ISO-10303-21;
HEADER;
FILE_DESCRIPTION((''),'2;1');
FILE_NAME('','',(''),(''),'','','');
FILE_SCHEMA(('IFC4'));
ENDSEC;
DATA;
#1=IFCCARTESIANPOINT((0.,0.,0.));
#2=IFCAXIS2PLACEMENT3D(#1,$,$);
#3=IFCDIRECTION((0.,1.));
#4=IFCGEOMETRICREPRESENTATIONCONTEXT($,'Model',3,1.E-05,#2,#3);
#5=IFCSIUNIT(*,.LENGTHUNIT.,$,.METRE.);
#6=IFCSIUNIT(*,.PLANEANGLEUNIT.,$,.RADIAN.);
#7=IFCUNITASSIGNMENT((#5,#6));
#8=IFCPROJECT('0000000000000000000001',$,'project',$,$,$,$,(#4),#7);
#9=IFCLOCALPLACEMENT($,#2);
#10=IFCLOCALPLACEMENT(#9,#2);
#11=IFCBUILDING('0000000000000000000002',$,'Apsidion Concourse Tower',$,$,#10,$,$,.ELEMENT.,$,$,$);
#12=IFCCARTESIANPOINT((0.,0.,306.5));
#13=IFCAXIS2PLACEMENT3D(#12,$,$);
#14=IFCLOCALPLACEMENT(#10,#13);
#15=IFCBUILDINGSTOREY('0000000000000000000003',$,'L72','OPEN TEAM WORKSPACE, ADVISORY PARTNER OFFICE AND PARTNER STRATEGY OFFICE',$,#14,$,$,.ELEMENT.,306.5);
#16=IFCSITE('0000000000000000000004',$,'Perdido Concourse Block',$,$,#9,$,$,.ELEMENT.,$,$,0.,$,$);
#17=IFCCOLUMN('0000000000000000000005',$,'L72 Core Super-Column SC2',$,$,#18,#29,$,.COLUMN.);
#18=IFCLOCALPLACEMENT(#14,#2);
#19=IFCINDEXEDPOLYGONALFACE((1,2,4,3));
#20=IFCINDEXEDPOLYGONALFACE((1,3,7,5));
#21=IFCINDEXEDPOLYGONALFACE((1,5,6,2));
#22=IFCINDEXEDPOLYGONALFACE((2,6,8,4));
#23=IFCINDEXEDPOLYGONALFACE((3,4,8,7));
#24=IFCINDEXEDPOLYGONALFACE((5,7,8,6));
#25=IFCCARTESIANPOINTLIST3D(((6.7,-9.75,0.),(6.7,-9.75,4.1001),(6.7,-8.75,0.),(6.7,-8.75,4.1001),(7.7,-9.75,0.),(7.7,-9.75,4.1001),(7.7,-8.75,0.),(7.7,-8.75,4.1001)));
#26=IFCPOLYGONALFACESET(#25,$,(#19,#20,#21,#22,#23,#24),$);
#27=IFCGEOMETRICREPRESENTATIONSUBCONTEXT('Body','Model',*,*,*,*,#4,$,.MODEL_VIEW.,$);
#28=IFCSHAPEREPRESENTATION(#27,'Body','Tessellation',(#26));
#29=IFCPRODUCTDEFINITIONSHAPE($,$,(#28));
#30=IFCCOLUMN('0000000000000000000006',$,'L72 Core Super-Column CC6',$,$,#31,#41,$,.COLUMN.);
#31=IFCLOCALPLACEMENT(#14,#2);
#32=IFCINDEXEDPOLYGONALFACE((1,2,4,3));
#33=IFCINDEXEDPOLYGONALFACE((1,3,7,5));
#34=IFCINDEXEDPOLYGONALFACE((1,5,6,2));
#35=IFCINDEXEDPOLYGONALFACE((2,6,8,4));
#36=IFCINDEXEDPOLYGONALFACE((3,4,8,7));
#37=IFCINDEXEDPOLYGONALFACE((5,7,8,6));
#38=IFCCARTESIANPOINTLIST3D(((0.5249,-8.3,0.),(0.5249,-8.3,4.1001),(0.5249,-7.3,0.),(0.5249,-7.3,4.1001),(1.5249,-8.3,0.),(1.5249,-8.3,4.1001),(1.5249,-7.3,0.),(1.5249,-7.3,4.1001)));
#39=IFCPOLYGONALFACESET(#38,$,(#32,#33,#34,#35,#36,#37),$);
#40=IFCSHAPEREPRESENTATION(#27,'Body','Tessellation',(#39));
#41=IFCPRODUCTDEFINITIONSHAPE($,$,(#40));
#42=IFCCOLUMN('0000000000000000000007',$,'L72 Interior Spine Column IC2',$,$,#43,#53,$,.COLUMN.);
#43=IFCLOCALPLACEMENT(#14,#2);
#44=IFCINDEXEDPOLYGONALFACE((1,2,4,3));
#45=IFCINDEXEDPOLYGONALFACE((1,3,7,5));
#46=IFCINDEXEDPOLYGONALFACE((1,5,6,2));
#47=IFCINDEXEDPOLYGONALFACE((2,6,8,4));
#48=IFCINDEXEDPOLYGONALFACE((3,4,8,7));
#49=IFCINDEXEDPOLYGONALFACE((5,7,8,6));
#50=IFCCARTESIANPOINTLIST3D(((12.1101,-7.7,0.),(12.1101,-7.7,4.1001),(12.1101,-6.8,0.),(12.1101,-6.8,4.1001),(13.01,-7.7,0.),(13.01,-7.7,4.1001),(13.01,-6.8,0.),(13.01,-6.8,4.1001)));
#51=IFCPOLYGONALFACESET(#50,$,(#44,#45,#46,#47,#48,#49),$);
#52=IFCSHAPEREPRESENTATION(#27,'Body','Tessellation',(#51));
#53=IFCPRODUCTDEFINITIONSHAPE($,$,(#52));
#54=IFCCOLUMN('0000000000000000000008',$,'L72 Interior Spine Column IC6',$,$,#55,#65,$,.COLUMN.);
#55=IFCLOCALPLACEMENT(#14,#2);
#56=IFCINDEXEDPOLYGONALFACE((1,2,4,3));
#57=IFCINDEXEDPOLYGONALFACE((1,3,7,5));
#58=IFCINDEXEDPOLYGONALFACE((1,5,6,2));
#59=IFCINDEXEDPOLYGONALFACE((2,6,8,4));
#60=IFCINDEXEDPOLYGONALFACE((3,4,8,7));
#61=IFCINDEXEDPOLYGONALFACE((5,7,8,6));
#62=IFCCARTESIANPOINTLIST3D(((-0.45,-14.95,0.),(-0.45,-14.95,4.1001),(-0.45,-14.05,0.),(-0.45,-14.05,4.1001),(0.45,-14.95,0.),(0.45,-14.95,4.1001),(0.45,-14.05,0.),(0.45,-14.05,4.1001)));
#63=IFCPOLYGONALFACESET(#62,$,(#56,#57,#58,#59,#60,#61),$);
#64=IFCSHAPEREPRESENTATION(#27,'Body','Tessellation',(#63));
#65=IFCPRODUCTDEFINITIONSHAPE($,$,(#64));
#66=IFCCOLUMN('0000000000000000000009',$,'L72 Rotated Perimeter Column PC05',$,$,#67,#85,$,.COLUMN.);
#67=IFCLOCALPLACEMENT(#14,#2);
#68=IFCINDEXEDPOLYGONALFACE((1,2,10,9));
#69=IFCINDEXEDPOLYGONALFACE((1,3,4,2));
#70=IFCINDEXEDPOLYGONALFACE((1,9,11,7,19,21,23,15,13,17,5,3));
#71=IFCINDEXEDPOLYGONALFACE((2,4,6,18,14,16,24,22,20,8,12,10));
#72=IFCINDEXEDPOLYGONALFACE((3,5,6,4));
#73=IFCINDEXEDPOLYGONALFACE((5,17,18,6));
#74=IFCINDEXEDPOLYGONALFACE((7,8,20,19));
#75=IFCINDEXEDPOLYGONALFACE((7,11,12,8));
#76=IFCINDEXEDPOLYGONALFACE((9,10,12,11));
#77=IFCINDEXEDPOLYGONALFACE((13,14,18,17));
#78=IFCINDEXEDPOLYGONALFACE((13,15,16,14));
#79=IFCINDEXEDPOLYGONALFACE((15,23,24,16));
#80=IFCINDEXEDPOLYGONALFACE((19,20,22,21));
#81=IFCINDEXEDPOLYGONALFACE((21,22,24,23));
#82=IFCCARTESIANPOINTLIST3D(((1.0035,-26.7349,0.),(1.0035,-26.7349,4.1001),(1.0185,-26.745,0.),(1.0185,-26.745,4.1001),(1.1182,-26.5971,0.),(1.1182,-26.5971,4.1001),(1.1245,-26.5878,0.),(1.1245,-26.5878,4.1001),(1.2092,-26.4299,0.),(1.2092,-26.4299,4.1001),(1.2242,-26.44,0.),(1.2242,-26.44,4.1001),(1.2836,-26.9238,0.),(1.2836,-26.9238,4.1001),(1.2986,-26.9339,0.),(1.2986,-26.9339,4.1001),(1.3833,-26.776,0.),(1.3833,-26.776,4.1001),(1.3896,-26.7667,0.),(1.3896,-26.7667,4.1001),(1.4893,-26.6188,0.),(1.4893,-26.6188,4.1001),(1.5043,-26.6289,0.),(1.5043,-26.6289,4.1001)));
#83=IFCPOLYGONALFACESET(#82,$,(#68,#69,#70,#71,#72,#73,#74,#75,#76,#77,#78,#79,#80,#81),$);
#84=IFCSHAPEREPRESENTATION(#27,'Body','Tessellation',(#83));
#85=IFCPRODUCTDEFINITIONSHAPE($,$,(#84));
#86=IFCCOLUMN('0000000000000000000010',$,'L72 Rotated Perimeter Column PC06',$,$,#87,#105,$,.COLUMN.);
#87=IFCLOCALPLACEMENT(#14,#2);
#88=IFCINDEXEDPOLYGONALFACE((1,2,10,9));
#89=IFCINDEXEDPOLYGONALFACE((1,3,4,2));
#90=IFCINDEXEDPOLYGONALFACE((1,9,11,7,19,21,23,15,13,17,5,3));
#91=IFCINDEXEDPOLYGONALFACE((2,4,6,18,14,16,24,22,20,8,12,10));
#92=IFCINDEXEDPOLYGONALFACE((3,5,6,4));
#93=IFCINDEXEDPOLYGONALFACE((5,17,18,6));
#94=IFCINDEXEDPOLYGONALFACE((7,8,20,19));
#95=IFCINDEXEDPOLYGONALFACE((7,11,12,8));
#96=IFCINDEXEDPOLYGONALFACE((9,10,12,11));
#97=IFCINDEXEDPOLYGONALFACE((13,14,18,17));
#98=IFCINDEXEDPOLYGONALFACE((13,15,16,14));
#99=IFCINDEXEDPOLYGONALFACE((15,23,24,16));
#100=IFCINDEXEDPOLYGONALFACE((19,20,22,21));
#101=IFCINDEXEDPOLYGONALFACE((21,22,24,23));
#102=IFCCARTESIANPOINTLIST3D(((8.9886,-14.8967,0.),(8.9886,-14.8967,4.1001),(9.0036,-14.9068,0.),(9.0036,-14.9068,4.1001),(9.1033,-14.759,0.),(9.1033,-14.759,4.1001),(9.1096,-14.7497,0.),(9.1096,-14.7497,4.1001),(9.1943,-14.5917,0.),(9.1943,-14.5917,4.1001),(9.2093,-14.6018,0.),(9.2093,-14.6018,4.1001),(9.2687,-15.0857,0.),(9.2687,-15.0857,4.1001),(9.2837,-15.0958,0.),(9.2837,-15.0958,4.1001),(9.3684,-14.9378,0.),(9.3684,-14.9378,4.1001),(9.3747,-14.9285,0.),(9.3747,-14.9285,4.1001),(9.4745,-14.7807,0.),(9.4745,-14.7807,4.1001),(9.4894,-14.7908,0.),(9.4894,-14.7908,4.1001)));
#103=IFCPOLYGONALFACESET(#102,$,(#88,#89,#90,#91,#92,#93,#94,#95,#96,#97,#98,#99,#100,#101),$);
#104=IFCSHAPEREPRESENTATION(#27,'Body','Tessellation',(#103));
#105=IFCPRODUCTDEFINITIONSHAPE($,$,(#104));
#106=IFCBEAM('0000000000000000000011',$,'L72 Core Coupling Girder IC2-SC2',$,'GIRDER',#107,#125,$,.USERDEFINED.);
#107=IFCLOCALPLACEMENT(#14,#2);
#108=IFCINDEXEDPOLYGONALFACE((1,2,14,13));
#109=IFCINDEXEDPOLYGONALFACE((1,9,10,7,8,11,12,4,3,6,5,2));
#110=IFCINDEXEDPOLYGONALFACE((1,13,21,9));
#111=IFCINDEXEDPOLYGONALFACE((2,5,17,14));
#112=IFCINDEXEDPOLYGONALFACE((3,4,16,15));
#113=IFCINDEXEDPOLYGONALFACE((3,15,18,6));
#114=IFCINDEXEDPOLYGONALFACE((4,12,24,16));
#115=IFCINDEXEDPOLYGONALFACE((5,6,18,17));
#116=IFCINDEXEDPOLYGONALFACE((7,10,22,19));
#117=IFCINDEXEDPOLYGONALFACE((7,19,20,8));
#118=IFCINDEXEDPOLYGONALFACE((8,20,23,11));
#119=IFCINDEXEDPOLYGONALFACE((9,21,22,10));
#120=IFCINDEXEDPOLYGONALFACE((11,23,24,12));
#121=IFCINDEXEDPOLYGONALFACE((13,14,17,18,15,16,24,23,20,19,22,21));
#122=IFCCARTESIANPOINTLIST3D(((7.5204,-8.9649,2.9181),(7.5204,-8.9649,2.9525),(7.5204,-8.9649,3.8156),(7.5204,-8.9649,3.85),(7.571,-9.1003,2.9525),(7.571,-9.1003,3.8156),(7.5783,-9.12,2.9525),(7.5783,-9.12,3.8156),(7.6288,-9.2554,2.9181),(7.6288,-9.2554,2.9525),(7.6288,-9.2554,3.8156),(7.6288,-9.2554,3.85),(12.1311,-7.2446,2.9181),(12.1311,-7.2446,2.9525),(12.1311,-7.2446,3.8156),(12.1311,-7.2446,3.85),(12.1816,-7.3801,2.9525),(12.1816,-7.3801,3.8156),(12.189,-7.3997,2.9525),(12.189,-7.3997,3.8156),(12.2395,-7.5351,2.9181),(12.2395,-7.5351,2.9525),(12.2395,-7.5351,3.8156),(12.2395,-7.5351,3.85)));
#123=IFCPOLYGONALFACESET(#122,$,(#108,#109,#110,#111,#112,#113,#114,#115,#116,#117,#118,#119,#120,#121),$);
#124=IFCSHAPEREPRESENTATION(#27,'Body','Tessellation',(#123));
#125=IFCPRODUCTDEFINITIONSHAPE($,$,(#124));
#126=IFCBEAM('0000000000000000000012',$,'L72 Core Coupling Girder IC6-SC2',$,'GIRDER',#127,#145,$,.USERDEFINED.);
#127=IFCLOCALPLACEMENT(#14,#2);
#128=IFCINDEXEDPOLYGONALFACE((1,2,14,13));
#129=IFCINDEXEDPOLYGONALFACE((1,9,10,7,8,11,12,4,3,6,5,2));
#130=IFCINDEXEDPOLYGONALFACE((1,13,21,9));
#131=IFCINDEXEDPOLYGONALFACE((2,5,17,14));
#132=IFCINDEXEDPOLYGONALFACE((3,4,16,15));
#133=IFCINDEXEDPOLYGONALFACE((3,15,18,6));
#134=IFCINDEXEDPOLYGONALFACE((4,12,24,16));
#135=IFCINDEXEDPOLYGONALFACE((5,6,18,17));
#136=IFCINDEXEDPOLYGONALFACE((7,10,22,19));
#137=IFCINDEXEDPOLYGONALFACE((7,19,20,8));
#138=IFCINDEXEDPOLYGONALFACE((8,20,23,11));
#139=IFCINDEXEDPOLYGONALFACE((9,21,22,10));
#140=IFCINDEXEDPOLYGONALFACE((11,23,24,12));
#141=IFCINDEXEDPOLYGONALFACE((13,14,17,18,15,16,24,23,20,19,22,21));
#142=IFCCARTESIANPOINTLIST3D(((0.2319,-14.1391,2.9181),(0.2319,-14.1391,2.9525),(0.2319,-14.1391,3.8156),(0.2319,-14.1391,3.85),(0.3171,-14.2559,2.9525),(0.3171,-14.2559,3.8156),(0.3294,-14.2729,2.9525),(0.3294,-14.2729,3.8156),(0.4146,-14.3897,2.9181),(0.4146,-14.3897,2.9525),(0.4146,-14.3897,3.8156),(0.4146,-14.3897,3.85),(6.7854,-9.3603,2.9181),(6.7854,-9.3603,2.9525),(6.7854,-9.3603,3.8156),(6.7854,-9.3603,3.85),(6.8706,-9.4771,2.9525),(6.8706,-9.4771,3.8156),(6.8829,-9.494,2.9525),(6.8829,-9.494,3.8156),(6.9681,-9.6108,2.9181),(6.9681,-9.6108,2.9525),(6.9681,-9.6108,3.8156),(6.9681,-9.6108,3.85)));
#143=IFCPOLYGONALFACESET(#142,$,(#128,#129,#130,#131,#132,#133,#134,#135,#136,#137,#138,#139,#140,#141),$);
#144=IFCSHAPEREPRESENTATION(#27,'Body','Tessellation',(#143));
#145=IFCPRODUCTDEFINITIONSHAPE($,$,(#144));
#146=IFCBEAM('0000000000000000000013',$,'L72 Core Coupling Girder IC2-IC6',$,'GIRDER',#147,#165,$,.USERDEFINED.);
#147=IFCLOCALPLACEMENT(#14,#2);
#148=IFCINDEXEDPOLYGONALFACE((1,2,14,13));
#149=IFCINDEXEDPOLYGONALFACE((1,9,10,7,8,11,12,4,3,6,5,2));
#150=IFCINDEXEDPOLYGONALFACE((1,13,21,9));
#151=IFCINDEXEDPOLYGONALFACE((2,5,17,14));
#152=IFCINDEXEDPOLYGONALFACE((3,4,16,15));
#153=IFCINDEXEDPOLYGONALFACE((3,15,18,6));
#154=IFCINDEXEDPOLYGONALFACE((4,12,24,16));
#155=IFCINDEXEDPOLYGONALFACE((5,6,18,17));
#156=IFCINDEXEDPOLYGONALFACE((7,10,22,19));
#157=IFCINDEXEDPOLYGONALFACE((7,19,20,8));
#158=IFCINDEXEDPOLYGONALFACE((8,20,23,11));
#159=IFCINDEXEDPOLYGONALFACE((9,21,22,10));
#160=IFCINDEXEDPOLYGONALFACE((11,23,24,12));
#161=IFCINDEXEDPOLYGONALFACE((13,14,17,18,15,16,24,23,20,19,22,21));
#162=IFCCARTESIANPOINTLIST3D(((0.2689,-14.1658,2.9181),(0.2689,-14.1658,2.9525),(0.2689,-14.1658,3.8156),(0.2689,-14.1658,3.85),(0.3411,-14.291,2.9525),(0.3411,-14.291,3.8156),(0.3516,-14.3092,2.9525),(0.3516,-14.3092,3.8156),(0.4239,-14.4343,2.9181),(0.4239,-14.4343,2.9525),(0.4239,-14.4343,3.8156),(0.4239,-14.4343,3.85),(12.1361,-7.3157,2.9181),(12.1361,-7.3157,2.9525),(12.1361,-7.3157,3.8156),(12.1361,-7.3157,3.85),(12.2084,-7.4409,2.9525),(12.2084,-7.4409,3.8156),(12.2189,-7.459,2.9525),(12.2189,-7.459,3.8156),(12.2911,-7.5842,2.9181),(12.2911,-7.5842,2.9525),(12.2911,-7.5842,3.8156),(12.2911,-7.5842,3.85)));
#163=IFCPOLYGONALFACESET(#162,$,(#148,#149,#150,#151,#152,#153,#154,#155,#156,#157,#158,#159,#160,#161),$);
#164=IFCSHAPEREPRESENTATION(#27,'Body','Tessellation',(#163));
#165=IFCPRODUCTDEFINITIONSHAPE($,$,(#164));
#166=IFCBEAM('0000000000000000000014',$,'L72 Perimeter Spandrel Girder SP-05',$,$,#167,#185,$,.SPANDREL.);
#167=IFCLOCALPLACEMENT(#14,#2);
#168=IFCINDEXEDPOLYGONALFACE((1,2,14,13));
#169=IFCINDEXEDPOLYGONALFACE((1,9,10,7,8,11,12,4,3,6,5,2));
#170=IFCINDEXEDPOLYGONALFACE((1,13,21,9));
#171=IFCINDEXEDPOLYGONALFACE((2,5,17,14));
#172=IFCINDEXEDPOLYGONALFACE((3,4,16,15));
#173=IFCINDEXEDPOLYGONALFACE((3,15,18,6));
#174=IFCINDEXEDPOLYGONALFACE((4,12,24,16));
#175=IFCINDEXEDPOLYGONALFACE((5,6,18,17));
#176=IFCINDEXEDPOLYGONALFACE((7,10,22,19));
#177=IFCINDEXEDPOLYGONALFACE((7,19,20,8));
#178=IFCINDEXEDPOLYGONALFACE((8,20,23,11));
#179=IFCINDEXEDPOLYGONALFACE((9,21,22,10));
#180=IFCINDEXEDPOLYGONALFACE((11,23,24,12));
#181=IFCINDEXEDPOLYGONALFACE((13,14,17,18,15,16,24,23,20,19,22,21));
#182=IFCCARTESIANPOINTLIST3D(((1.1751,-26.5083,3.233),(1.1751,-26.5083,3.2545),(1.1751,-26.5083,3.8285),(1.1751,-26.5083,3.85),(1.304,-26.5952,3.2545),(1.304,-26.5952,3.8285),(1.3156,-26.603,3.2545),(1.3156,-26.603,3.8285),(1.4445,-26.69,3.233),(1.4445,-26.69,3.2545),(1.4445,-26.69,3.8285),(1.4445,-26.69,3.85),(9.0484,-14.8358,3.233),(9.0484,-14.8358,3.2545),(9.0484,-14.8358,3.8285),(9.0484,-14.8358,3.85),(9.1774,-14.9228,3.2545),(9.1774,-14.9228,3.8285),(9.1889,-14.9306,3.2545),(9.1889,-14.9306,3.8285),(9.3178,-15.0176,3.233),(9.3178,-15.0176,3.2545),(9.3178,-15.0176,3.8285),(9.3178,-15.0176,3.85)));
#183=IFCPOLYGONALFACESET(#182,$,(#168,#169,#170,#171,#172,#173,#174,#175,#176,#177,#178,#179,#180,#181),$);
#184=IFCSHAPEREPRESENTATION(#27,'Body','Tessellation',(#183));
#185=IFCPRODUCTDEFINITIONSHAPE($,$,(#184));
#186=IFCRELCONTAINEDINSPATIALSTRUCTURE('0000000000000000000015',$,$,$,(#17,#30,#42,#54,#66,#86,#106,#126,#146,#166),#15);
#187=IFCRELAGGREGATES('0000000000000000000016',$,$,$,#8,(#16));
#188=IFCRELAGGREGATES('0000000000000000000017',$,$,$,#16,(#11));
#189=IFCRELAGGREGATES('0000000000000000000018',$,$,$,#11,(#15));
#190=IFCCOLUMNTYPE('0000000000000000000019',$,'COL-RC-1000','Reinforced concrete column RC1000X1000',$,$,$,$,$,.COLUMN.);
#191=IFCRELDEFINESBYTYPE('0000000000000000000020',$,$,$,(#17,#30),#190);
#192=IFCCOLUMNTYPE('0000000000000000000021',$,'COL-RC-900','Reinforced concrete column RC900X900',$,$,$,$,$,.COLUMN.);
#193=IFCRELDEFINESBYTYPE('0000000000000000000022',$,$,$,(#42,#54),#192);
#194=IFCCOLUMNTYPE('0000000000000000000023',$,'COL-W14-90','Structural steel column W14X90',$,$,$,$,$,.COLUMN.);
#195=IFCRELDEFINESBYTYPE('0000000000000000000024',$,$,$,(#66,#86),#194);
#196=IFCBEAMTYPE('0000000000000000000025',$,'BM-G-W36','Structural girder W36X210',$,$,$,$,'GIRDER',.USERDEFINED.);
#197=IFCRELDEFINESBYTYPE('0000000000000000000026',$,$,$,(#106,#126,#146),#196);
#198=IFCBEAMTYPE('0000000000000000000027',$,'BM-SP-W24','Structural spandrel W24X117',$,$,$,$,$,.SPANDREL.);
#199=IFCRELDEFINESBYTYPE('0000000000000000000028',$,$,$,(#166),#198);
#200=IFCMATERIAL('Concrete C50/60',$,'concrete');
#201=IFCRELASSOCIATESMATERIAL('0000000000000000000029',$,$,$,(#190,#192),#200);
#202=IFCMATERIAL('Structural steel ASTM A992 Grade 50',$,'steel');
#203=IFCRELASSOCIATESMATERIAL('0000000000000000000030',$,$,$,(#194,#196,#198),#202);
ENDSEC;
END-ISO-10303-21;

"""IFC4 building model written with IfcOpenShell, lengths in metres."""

from ifc_helpers import new_model, si_unit, direction, frame, origin, origin_2d, place, context, subcontext, project, spatial, rectangle, i_section, extrude, material, material_profile, profile_set, type_object, element, save


model = new_model("IFC4")

# Units and contexts
model_context = context("Model", 3, precision=1e-05, world=origin(), true_north=direction((0.0, 1.0)))
body_context = subcontext(model_context, "Body", "Model", "MODEL_VIEW")
ifc_project = project(units=[si_unit("LENGTHUNIT", "METRE"), si_unit("PLANEANGLEUNIT", "RADIAN")], contexts=[model_context])

# Site, building, storey
site_placement = place(None, origin())
site = spatial("IfcSite", under=ifc_project, at=site_placement, Name="Perdido Concourse Block", CompositionType="ELEMENT", RefElevation=0.0)
building_placement = place(site_placement, origin())
building = spatial("IfcBuilding", under=site, at=building_placement, Name="Apsidion Concourse Tower", CompositionType="ELEMENT")
storey_placement = place(building_placement, frame((0.0, 0.0, 306.5)))
storey = spatial("IfcBuildingStorey", under=building, at=storey_placement, Name="L72", Description="OPEN TEAM WORKSPACE, ADVISORY PARTNER OFFICE AND PARTNER STRATEGY OFFICE", CompositionType="ELEMENT", Elevation=306.5)

# Columns
ifc_material_1 = material(Name="Concrete C50/60", Category="concrete")
ifc_material_profile_1 = material_profile(ifc_material_1, rectangle(XDim=1.0, YDim=1.0, at=origin_2d()), Name="RC 1000x1000")
ifc_profile_set_1 = profile_set([ifc_material_profile_1], Name="Concrete C50/60")
column_type_1 = type_object("IfcColumnType", Name="COL-RC-1000", Description="Reinforced concrete column RC1000X1000", PredefinedType="COLUMN", material=ifc_profile_set_1)
for number, where, z_axis, x_axis, name in (
    (1, (7.2, -9.25, 0.0), (0.0, 0.0, 1.0), (1.0, 0.0, 0.0), "L72 Core Super-Column SC2"),
    (2, (1.0249, -7.8, 0.0), (0.0, 0.0, 1.0), (1.0, 0.0, 0.0), "L72 Core Super-Column CC6"),
):
    element("IfcColumn", number, at=place(storey_placement, frame(where, z_axis=z_axis, x_axis=x_axis)), inside=storey, type_object=column_type_1, Name=name, PredefinedType="COLUMN", context=body_context, shape_type="SweptSolid", body=[
        extrude(rectangle(XDim=1.0, YDim=1.0, at=origin_2d()), origin(), (0.0, 0.0, 1.0), 4.1001),
    ])
ifc_material_profile_2 = material_profile(ifc_material_1, rectangle(XDim=0.8999, YDim=0.8999, at=origin_2d()), Name="RC 900x900")
ifc_profile_set_2 = profile_set([ifc_material_profile_2], Name="Concrete C50/60")
column_type_2 = type_object("IfcColumnType", Name="COL-RC-900", Description="Reinforced concrete column RC900X900", PredefinedType="COLUMN", material=ifc_profile_set_2)
for number, where, z_axis, x_axis, name in (
    (3, (12.5601, -7.25, 0.0), (0.0, 0.0, 1.0), (1.0, 0.0, 0.0), "L72 Interior Spine Column IC2"),
    (4, (0.0, -14.5, 0.0), (0.0, 0.0, 1.0), (1.0, 0.0, 0.0), "L72 Interior Spine Column IC6"),
):
    element("IfcColumn", number, at=place(storey_placement, frame(where, z_axis=z_axis, x_axis=x_axis)), inside=storey, type_object=column_type_2, Name=name, PredefinedType="COLUMN", context=body_context, shape_type="SweptSolid", body=[
        extrude(rectangle(XDim=0.8999, YDim=0.8999, at=origin_2d()), origin(), (0.0, 0.0, 1.0), 4.1001),
    ])
ifc_material_2 = material(Name="Structural steel ASTM A992 Grade 50", Category="steel")
ifc_material_profile_3 = material_profile(ifc_material_2, i_section(OverallWidth=0.3679, OverallDepth=0.356, WebThickness=0.0112, FlangeThickness=0.0181, at=origin_2d()), Name="W14X90")
ifc_profile_set_3 = profile_set([ifc_material_profile_3], Name="Structural steel ASTM A992 Grade 50")
column_type_3 = type_object("IfcColumnType", Name="COL-W14-90", Description="Structural steel column W14X90", PredefinedType="COLUMN", material=ifc_profile_set_3)
for number, where, z_axis, x_axis, name in (
    (5, (1.2539, -26.6819, 0.0), (0.0, 0.0, 1.0), (0.559193, 0.829038, 0.0), "L72 Rotated Perimeter Column PC05"),
    (6, (9.239, -14.8438, 0.0), (0.0, 0.0, 1.0), (0.559193, 0.829038, 0.0), "L72 Rotated Perimeter Column PC06"),
):
    element("IfcColumn", number, at=place(storey_placement, frame(where, z_axis=z_axis, x_axis=x_axis)), inside=storey, type_object=column_type_3, Name=name, PredefinedType="COLUMN", context=body_context, shape_type="SweptSolid", body=[
        extrude(i_section(OverallWidth=0.3679, OverallDepth=0.356, WebThickness=0.0112, FlangeThickness=0.0181, at=origin_2d()), origin(), (0.0, 0.0, 1.0), 4.1001),
    ])

# Beams
ifc_material_profile_4 = material_profile(ifc_material_2, i_section(OverallWidth=0.3101, OverallDepth=0.9319, WebThickness=0.021, FlangeThickness=0.0344, at=origin_2d()), Name="W36X210")
ifc_profile_set_4 = profile_set([ifc_material_profile_4], Name="Structural steel ASTM A992 Grade 50")
beam_type_1 = type_object("IfcBeamType", Name="BM-G-W36", Description="Structural girder W36X210", ElementType="GIRDER", PredefinedType="USERDEFINED", material=ifc_profile_set_4)
beam_1_placement = place(storey_placement, frame((12.1853, -7.3899, 3.384), z_axis=(-0.936913, -0.349563, 0.0), x_axis=(0.349563, -0.936913, 0.0)))
element("IfcBeam", 7, at=beam_1_placement, inside=storey, type_object=beam_type_1, Name="L72 Core Coupling Girder IC2-SC2", ObjectType="GIRDER", PredefinedType="USERDEFINED", context=body_context, shape_type="SweptSolid", body=[
    extrude(i_section(OverallWidth=0.3101, OverallDepth=0.9319, WebThickness=0.021, FlangeThickness=0.0344, at=origin_2d()), origin(), (0.0, 0.0, 1.0), 4.9211),
])
beam_2_placement = place(storey_placement, frame((0.3232, -14.2644, 3.384), z_axis=(0.807993, 0.589191, 0.0), x_axis=(-0.589191, 0.807993, 0.0)))
element("IfcBeam", 8, at=beam_2_placement, inside=storey, type_object=beam_type_1, Name="L72 Core Coupling Girder IC6-SC2", ObjectType="GIRDER", PredefinedType="USERDEFINED", context=body_context, shape_type="SweptSolid", body=[
    extrude(i_section(OverallWidth=0.3101, OverallDepth=0.9319, WebThickness=0.021, FlangeThickness=0.0344, at=origin_2d()), origin(), (0.0, 0.0, 1.0), 8.1108),
])
beam_3_placement = place(storey_placement, frame((12.2136, -7.45, 3.384), z_axis=(-0.86607, -0.499922, 0.0), x_axis=(0.499922, -0.86607, 0.0)))
element("IfcBeam", 9, at=beam_3_placement, inside=storey, type_object=beam_type_1, Name="L72 Core Coupling Girder IC2-IC6", ObjectType="GIRDER", PredefinedType="USERDEFINED", context=body_context, shape_type="SweptSolid", body=[
    extrude(i_section(OverallWidth=0.3101, OverallDepth=0.9319, WebThickness=0.021, FlangeThickness=0.0344, at=origin_2d()), origin(), (0.0, 0.0, 1.0), 13.7024),
])
ifc_material_profile_5 = material_profile(ifc_material_2, i_section(OverallWidth=0.325, OverallDepth=0.6169, WebThickness=0.0139, FlangeThickness=0.0215, at=origin_2d()), Name="W24X117")
ifc_profile_set_5 = profile_set([ifc_material_profile_5], Name="Structural steel ASTM A992 Grade 50")
beam_type_2 = type_object("IfcBeamType", Name="BM-SP-W24", Description="Structural spandrel W24X117", PredefinedType="SPANDREL", material=ifc_profile_set_5)
beam_4_placement = place(storey_placement, frame((1.3098, -26.5991, 3.5415), z_axis=(0.559202, 0.829032, 0.0), x_axis=(-0.829032, 0.559202, 0.0)))
element("IfcBeam", 10, at=beam_4_placement, inside=storey, type_object=beam_type_2, Name="L72 Perimeter Spandrel Girder SP-05", PredefinedType="SPANDREL", context=body_context, shape_type="SweptSolid", body=[
    extrude(i_section(OverallWidth=0.325, OverallDepth=0.6169, WebThickness=0.0139, FlangeThickness=0.0215, at=origin_2d()), origin(), (0.0, 0.0, 1.0), 14.0796),
])

save(model, "model.ifc")
